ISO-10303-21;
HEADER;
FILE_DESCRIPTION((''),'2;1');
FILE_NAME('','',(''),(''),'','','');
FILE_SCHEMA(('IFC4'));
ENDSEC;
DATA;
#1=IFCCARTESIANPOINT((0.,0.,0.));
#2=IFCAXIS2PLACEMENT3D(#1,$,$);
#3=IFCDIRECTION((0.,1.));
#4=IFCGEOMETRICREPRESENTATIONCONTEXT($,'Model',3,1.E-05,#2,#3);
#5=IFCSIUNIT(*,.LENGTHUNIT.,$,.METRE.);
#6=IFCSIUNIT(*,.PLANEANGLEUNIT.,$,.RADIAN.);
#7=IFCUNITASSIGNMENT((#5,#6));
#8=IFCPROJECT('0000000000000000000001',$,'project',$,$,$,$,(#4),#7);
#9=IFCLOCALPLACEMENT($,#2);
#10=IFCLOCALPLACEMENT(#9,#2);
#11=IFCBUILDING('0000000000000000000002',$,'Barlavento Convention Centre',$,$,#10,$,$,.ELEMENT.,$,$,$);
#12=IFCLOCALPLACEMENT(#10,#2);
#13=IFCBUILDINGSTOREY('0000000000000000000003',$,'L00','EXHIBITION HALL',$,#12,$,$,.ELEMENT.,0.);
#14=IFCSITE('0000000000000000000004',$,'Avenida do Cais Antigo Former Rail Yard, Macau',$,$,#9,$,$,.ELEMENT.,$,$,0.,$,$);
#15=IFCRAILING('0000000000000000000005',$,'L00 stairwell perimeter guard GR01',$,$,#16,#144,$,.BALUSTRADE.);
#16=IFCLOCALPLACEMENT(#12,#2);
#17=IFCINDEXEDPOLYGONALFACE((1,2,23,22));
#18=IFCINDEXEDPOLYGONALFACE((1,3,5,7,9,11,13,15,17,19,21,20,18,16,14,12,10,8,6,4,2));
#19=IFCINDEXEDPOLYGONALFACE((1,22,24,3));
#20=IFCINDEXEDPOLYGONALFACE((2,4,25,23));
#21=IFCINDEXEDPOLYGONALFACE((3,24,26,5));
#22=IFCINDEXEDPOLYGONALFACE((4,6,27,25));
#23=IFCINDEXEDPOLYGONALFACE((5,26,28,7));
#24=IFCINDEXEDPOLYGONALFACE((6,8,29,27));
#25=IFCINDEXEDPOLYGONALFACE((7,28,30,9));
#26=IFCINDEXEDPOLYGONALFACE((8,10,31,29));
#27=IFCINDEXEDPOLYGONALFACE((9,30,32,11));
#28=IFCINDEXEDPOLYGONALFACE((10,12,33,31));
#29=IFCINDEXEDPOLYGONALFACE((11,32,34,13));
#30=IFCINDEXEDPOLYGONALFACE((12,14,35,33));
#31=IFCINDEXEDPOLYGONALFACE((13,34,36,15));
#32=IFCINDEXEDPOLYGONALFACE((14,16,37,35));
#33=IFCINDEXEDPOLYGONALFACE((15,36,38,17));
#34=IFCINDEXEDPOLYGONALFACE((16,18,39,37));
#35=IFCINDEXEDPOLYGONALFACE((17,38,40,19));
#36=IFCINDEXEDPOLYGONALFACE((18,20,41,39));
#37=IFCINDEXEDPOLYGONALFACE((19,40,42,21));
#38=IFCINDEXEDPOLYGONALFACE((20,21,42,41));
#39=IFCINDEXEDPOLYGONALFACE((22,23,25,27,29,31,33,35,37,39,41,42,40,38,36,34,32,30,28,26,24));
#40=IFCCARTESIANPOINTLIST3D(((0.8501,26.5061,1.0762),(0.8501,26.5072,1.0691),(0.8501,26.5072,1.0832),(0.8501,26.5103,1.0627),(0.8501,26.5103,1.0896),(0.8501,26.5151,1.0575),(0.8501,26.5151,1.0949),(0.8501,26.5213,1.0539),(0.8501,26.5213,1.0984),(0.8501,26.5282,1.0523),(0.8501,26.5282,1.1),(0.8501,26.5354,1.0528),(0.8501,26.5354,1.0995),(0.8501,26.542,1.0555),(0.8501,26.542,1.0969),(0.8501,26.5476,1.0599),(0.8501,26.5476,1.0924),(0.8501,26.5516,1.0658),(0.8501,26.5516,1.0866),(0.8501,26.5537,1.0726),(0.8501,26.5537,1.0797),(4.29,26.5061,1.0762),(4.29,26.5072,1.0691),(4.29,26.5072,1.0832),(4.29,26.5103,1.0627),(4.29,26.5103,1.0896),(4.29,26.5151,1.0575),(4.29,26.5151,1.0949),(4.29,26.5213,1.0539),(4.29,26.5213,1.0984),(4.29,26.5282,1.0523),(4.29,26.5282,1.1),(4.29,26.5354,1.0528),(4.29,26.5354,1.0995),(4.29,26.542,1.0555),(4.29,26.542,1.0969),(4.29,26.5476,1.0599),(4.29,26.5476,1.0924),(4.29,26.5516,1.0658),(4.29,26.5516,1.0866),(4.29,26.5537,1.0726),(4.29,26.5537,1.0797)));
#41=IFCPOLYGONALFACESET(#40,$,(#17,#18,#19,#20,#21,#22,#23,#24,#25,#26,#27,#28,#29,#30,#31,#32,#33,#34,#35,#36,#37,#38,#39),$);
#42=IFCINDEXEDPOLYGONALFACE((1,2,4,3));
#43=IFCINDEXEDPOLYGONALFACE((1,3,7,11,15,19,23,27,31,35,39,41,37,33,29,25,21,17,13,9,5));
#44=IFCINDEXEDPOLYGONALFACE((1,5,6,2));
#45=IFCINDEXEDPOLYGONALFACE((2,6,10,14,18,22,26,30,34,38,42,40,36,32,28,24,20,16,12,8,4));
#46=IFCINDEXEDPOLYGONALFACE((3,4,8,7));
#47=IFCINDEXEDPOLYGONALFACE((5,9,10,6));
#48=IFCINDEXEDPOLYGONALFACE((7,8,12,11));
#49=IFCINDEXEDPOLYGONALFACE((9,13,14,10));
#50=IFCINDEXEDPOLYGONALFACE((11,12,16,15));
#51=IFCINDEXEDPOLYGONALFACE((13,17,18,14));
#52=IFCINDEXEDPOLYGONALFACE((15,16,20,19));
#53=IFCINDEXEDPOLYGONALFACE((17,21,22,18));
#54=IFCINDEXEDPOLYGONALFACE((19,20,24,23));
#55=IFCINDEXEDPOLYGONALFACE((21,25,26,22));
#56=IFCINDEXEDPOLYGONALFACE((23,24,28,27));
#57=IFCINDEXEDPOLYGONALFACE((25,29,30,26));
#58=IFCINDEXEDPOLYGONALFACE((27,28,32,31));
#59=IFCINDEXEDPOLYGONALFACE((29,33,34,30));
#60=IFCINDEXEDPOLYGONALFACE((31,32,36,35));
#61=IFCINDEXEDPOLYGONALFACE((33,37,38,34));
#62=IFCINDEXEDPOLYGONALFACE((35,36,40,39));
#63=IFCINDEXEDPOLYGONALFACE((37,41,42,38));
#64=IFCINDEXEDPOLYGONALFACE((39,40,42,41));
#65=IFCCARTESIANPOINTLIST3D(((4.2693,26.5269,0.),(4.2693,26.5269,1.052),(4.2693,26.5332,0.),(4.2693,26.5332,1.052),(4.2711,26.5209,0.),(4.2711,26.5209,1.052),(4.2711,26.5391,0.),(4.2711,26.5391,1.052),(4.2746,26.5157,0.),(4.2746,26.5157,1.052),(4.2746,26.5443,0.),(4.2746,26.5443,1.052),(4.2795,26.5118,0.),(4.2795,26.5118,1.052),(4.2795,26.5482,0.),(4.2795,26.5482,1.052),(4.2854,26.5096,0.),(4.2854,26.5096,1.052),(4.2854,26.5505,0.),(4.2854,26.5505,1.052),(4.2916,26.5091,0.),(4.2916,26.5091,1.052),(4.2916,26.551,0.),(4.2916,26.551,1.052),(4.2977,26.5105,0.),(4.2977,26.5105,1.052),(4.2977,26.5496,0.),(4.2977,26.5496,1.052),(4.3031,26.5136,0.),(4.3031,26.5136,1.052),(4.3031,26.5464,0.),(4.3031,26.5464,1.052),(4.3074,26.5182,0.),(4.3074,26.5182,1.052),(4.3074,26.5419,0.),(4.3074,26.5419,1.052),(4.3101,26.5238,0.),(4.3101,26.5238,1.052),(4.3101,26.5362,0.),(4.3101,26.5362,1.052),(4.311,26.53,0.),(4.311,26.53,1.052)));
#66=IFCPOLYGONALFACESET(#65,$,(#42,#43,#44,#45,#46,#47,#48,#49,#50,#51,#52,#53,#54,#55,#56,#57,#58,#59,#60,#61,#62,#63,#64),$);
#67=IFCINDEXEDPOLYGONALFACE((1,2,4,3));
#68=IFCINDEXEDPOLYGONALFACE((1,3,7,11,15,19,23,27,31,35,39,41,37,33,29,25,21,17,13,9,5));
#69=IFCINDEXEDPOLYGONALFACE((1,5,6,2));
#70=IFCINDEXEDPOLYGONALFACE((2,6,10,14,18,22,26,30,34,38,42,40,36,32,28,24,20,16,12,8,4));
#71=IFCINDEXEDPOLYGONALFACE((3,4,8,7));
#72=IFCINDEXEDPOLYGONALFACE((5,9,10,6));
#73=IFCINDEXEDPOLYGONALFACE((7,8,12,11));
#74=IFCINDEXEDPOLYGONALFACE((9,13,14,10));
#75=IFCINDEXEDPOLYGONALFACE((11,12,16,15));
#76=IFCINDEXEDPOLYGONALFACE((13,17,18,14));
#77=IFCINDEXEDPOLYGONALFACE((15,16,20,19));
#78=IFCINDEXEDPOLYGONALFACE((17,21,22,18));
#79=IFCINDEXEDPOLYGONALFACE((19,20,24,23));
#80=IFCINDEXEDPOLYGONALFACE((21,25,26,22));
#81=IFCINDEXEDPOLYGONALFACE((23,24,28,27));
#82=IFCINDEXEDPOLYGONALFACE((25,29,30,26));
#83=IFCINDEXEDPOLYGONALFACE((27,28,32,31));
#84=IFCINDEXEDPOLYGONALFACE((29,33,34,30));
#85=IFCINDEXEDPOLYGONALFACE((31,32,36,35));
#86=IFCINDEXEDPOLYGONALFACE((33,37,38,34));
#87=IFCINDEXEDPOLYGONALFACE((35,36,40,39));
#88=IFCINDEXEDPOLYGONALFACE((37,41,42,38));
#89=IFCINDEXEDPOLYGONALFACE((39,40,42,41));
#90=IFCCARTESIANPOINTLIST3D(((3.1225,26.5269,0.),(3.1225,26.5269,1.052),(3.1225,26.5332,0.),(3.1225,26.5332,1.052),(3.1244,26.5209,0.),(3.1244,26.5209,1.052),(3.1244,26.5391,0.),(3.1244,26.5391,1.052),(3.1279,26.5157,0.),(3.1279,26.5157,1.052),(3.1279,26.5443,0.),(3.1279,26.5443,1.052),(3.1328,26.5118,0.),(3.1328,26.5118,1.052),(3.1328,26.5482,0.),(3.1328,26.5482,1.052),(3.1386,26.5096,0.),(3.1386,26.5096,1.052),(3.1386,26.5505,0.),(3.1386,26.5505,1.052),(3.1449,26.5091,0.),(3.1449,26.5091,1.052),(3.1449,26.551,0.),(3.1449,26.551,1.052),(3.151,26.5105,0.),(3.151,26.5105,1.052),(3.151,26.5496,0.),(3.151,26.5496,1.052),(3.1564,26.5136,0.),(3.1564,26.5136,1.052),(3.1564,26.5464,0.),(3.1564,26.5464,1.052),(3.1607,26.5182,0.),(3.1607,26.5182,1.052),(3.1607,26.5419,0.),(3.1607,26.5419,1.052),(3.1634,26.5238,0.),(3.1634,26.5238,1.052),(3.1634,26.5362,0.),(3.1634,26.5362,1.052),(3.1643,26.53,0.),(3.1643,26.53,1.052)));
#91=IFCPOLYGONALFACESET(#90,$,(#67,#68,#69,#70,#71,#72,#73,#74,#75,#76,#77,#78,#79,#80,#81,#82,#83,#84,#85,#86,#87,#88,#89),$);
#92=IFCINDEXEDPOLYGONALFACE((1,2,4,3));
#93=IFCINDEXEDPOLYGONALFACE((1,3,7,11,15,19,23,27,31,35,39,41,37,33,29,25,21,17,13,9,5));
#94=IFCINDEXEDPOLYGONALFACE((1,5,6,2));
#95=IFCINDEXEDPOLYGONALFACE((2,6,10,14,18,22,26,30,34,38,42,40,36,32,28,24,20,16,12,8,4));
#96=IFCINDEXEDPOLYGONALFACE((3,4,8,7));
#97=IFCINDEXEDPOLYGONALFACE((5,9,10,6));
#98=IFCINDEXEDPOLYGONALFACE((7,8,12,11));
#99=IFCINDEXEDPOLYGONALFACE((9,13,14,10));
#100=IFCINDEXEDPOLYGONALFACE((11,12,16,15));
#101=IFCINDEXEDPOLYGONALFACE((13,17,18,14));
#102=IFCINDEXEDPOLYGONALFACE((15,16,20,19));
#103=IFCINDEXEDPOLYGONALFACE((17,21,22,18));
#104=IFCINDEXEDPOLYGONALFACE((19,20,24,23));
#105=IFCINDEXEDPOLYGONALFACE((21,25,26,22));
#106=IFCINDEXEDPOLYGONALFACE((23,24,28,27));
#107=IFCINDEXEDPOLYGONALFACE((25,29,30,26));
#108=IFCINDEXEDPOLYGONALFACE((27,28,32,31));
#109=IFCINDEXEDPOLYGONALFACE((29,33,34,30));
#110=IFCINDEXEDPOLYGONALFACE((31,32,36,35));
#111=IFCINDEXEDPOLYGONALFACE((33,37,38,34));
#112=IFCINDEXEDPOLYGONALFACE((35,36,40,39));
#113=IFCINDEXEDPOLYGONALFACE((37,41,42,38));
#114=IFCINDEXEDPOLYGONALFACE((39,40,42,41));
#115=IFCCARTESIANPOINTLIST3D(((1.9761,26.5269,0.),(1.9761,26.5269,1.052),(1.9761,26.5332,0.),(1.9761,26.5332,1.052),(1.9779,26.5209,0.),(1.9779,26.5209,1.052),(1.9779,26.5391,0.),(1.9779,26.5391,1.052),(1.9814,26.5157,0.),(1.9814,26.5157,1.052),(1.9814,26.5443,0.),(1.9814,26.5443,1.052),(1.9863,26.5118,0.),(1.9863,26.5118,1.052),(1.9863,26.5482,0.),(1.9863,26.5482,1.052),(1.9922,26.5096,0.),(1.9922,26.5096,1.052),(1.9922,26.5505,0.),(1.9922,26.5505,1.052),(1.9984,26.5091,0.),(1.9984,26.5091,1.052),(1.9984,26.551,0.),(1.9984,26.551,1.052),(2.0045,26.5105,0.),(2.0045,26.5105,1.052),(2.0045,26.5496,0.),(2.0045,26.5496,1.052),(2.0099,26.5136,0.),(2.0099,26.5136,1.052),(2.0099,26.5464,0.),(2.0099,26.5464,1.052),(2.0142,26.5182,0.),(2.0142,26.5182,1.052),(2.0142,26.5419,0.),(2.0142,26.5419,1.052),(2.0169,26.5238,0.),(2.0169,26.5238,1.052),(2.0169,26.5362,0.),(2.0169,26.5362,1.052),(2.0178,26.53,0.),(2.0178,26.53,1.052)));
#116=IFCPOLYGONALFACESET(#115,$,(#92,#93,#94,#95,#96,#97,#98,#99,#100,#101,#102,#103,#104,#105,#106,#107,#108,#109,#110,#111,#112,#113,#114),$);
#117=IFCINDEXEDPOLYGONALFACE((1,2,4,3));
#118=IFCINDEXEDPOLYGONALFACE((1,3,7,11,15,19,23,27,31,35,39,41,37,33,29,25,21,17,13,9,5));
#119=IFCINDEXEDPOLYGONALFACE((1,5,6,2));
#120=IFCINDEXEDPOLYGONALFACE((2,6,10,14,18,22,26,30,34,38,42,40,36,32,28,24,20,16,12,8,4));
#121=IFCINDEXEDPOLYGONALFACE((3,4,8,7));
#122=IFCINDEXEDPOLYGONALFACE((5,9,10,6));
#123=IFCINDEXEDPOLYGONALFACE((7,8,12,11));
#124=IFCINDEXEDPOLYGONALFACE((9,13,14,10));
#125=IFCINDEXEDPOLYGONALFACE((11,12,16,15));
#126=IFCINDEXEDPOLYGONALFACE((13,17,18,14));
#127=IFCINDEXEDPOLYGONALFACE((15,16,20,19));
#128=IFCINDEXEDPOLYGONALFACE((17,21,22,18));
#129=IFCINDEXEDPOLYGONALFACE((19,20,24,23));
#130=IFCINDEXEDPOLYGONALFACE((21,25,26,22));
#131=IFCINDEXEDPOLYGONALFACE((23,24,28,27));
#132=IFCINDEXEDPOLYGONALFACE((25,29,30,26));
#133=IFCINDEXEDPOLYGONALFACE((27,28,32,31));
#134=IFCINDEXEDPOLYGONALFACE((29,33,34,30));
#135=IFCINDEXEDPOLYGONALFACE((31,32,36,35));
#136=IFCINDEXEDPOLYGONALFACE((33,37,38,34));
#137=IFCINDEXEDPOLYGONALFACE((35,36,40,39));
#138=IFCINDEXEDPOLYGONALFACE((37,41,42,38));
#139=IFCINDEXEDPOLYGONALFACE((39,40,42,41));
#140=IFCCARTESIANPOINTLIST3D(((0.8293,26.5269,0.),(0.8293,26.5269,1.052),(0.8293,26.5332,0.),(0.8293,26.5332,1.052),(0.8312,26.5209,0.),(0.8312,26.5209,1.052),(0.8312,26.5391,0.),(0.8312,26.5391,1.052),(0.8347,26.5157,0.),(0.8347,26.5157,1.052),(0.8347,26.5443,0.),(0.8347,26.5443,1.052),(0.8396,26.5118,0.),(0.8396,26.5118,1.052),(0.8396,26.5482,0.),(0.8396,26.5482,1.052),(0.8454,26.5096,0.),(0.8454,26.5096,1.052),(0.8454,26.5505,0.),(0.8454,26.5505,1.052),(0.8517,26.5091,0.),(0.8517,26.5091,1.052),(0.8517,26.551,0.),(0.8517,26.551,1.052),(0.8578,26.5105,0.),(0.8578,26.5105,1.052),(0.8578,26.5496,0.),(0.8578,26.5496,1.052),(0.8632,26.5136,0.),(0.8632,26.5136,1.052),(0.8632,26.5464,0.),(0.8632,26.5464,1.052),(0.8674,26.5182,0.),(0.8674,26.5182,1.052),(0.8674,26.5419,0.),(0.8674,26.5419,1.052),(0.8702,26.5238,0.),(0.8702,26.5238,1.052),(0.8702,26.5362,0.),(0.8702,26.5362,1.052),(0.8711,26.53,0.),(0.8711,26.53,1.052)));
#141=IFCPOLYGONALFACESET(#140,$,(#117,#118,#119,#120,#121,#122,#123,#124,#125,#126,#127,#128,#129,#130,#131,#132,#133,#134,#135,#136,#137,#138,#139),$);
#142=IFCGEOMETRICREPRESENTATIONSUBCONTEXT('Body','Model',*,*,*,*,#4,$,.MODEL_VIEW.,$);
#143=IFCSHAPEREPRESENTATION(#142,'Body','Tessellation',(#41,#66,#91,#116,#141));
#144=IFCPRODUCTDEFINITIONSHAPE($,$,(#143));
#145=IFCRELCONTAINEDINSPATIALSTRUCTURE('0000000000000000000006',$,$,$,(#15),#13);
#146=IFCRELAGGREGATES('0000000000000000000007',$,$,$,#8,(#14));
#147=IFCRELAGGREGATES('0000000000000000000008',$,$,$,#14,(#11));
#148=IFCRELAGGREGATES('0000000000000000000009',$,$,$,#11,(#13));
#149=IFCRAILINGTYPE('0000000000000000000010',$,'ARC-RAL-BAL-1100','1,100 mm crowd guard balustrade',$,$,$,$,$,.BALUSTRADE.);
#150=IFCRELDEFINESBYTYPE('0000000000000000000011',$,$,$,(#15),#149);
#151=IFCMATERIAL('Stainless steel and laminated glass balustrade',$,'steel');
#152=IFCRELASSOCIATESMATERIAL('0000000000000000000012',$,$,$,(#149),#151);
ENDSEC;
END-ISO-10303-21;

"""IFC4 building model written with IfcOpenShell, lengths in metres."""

from ifc_helpers import new_model, si_unit, direction, frame, origin, origin_2d, place, context, subcontext, project, spatial, circle, extrude, material, type_object, element, save


model = new_model("IFC4")

# Units and contexts
model_context = context("Model", 3, precision=1e-05, world=origin(), true_north=direction((0.0, 1.0)))
body_context = subcontext(model_context, "Body", "Model", "MODEL_VIEW")
ifc_project = project(units=[si_unit("LENGTHUNIT", "METRE"), si_unit("PLANEANGLEUNIT", "RADIAN")], contexts=[model_context])

# Site, building, storey
site_placement = place(None, origin())
site = spatial("IfcSite", under=ifc_project, at=site_placement, Name="Avenida do Cais Antigo Former Rail Yard, Macau", CompositionType="ELEMENT", RefElevation=0.0)
building_placement = place(site_placement, origin())
building = spatial("IfcBuilding", under=site, at=building_placement, Name="Barlavento Convention Centre", CompositionType="ELEMENT")
storey_placement = place(building_placement, origin())
storey = spatial("IfcBuildingStorey", under=building, at=storey_placement, Name="L00", Description="EXHIBITION HALL", CompositionType="ELEMENT", Elevation=0.0)

# Railing
ifc_material_1 = material(Name="Stainless steel and laminated glass balustrade", Category="steel")
railing_type = type_object("IfcRailingType", Name="ARC-RAL-BAL-1100", Description="1,100 mm crowd guard balustrade", PredefinedType="BALUSTRADE", material=ifc_material_1)
for number, where, name in (
    (1, (4.29, 26.53, 0.0), "L00 stairwell perimeter guard GR01"),
):
    element("IfcRailing", number, at=place(storey_placement, frame(where)), inside=storey, type_object=railing_type, Name=name, PredefinedType="BALUSTRADE", context=body_context, shape_type="SweptSolid", body=[
        extrude(circle(Radius=0.0239, at=origin_2d()), frame((0.0, 0.0, 1.0762), z_axis=(-1.0, 0.0, 0.0), x_axis=(0.0, -1.0, 0.0)), (0.0, 0.0, 1.0), 3.4399),
        extrude(circle(Radius=0.021, at=origin_2d()), origin(), (0.0, 0.0, 1.0), 1.052),
        extrude(circle(Radius=0.021, at=origin_2d()), frame((-1.1467, 0.0, 0.0)), (0.0, 0.0, 1.0), 1.052),
        extrude(circle(Radius=0.021, at=origin_2d()), frame((-2.2932, 0.0, 0.0)), (0.0, 0.0, 1.0), 1.052),
        extrude(circle(Radius=0.021, at=origin_2d()), frame((-3.4399, 0.0, 0.0)), (0.0, 0.0, 1.0), 1.052),
    ])

save(model, "model.ifc")
